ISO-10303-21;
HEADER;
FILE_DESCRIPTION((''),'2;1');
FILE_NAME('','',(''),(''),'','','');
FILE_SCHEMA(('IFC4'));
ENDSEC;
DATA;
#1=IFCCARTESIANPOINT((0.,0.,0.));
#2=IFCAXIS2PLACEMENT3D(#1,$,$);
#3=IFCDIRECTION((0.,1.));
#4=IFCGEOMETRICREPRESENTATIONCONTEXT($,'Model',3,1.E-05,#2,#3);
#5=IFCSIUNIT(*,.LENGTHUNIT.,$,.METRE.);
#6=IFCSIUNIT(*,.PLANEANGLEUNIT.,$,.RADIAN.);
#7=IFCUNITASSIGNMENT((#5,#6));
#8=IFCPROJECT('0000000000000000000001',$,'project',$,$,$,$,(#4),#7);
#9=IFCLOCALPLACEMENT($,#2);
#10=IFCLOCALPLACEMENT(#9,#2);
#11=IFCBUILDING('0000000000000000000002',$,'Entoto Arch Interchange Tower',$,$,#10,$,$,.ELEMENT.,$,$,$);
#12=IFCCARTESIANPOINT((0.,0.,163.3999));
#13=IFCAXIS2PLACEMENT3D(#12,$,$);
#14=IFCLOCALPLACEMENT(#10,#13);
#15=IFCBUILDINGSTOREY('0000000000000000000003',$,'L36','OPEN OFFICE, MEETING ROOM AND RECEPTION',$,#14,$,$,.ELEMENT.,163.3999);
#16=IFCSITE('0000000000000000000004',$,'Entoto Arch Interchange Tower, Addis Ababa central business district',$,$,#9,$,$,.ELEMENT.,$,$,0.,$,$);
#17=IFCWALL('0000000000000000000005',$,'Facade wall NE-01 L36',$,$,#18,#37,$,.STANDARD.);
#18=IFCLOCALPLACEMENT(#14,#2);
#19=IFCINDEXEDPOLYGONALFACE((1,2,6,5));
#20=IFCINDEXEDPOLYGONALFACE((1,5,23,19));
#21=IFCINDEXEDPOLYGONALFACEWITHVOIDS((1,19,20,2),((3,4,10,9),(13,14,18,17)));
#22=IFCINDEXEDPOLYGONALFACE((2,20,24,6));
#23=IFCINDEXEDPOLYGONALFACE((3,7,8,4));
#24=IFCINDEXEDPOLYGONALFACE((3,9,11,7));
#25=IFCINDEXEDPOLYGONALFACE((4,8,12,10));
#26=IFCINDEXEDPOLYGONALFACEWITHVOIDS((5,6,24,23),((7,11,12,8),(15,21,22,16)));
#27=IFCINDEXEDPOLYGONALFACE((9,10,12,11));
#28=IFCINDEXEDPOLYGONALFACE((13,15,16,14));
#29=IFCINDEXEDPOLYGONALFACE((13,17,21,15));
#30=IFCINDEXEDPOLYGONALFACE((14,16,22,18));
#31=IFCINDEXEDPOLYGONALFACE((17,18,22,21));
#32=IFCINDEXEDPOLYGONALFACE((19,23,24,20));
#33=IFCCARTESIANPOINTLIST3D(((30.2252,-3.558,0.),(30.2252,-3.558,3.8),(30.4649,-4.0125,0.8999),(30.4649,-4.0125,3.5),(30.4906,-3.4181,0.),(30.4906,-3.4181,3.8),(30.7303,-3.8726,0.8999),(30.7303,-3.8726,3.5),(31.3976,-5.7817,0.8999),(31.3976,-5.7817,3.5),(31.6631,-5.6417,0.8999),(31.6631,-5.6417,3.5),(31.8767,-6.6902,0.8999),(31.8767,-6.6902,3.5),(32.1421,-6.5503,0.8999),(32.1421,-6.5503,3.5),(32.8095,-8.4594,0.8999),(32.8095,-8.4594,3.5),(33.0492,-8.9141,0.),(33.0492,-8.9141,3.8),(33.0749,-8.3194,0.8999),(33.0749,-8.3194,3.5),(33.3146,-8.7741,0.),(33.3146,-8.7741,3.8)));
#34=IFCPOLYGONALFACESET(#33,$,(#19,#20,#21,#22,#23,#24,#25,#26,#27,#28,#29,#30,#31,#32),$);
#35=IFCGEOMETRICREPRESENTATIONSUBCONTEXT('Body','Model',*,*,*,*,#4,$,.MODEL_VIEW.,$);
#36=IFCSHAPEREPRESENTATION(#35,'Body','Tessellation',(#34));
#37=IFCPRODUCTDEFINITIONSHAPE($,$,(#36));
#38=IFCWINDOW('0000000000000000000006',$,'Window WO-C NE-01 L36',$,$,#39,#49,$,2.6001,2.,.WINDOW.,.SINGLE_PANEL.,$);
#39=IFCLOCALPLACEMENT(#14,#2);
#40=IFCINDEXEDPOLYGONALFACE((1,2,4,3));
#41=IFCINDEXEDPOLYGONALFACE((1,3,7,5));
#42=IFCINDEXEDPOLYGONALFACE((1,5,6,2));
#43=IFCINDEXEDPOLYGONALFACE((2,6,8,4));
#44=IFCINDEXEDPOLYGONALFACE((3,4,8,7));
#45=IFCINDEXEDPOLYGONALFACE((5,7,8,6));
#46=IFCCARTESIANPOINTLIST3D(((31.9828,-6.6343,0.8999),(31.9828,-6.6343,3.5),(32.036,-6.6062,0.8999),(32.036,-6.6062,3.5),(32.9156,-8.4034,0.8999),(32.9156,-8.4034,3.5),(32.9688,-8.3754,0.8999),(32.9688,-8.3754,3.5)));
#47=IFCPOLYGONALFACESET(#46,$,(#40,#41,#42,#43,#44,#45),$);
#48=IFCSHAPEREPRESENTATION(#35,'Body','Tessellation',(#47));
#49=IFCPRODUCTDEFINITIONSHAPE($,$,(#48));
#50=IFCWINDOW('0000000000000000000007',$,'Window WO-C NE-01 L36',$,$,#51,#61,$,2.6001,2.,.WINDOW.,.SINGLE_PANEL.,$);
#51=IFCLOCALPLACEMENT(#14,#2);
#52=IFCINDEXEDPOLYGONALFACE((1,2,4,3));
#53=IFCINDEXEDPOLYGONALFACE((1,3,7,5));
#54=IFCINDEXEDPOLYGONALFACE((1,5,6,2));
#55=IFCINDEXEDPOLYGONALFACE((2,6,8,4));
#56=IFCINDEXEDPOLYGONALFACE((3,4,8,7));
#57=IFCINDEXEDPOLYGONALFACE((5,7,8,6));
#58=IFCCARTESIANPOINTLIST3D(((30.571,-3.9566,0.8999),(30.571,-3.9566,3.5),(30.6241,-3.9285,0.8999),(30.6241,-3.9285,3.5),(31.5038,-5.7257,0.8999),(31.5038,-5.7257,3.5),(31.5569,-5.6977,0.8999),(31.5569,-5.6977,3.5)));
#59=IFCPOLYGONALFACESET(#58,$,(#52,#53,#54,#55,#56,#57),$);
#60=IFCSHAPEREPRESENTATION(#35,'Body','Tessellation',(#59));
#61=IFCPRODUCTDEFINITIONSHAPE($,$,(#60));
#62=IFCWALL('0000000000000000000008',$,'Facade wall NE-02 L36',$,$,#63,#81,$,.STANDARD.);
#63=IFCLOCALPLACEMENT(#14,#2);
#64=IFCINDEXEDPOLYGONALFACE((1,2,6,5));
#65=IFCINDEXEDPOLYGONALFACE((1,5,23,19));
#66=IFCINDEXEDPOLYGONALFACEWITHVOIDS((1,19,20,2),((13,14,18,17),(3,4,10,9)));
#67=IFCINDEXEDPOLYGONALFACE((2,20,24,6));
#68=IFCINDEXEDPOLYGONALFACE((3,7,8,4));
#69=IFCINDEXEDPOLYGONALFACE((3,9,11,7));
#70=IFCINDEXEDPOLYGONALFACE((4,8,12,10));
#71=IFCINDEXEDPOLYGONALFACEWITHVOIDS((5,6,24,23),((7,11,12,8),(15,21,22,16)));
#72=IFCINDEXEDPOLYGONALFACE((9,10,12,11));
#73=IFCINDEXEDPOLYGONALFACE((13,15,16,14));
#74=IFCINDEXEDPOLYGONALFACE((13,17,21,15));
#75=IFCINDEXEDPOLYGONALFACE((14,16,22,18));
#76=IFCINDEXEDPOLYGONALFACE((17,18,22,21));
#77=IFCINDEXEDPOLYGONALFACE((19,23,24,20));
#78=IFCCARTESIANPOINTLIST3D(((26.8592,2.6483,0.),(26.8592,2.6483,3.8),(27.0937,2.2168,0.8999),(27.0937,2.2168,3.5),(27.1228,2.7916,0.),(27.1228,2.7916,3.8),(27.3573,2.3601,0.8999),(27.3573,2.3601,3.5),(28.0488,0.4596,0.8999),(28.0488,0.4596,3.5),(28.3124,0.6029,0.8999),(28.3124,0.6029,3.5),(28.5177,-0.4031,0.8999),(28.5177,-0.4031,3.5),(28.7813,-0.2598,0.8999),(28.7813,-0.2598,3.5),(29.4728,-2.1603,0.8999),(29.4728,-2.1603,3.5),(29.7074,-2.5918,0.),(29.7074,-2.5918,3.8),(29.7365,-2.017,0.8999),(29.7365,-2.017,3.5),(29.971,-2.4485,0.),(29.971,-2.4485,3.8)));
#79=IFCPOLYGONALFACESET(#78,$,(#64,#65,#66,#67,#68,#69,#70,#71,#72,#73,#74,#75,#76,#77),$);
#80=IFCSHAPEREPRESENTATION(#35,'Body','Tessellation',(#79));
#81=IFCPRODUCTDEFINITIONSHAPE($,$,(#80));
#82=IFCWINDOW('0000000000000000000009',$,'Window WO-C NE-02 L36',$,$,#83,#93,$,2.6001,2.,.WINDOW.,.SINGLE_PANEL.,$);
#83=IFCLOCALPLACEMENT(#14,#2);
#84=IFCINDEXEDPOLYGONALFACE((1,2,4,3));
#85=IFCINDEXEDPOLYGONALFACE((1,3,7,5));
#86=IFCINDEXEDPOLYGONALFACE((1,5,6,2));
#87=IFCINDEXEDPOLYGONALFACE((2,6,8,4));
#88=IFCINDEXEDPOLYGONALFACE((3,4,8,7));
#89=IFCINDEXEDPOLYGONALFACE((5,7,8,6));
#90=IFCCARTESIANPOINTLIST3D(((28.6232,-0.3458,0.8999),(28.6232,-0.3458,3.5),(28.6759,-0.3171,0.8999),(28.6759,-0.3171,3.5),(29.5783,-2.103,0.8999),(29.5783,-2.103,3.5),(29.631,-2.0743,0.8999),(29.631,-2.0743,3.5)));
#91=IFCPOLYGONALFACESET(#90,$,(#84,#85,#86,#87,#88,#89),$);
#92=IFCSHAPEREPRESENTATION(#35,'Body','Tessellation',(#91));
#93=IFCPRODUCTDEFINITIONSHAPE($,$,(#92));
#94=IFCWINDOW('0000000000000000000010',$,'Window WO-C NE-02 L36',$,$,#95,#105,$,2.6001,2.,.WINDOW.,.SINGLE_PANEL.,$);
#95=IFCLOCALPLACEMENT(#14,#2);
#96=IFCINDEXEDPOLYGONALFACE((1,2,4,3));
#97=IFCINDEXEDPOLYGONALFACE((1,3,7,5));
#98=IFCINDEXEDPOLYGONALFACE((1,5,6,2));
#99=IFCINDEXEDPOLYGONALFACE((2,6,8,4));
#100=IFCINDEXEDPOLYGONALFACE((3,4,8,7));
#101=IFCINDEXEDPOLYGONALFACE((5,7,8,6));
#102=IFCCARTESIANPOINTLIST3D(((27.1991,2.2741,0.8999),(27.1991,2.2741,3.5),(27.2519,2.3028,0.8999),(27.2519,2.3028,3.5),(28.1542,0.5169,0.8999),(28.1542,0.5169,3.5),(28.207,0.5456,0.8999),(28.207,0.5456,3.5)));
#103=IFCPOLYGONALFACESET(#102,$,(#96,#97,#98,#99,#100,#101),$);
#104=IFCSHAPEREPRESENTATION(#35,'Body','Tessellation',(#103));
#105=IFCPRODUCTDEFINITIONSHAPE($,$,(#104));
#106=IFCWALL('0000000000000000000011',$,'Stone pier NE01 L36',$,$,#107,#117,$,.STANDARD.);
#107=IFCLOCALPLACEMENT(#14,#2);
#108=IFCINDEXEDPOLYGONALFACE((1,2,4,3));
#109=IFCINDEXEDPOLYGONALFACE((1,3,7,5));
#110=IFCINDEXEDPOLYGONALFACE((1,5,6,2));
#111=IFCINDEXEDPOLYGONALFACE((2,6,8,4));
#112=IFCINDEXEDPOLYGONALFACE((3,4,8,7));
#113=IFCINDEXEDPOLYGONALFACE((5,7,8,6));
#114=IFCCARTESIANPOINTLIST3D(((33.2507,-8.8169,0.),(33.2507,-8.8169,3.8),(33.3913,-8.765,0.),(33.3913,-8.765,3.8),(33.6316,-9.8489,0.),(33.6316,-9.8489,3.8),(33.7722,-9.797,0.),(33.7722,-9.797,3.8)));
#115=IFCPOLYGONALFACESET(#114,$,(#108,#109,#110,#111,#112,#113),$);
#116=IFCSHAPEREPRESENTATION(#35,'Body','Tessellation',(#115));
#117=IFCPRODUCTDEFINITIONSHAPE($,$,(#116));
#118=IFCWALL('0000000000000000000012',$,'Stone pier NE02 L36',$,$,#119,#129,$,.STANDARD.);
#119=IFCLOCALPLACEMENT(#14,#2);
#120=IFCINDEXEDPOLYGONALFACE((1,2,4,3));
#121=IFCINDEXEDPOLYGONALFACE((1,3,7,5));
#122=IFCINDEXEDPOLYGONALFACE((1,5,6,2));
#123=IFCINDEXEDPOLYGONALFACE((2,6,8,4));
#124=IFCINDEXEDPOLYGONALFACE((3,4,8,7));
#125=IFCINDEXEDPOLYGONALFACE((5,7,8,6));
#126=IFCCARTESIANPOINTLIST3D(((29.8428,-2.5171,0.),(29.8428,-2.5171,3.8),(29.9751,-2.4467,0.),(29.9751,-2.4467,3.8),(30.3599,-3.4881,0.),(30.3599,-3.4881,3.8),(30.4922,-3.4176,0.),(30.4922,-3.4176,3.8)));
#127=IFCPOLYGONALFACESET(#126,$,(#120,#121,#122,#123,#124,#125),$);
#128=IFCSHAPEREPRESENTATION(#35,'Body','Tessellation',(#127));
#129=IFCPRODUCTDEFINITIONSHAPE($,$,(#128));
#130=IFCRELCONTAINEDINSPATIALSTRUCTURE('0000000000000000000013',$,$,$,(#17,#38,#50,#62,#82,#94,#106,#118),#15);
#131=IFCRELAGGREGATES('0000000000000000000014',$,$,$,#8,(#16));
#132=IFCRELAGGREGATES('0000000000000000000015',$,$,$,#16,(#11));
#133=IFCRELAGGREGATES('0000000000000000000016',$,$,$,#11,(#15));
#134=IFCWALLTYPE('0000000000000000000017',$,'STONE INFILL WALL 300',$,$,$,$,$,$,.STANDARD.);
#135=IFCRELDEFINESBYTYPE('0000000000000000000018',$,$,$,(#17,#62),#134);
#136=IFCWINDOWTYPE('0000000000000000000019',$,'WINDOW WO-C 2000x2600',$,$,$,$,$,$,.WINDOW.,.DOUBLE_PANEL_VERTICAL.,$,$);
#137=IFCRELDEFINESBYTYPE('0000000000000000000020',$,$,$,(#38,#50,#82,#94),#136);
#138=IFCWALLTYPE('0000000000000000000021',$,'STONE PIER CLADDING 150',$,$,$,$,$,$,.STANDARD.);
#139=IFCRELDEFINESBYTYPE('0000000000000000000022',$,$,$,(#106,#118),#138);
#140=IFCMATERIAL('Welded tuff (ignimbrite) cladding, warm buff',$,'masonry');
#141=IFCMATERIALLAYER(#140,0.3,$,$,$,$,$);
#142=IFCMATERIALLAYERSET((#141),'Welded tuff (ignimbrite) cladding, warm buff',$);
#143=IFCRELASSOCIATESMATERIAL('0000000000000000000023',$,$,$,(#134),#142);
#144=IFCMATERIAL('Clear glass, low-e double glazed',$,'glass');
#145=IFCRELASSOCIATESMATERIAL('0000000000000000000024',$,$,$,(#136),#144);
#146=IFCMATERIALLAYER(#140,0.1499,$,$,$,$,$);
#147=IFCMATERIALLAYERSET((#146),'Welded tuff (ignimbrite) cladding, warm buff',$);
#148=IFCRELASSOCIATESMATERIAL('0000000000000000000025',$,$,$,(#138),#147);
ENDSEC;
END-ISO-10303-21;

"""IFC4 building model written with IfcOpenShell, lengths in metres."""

from ifc_helpers import new_model, si_unit, direction, frame, frame_2d, origin, place, context, subcontext, project, spatial, rectangle, extrude, material, layer, layer_set, type_object, element, fill, save


model = new_model("IFC4")

# Units and contexts
model_context = context("Model", 3, precision=1e-05, world=origin(), true_north=direction((0.0, 1.0)))
body_context = subcontext(model_context, "Body", "Model", "MODEL_VIEW")
ifc_project = project(units=[si_unit("LENGTHUNIT", "METRE"), si_unit("PLANEANGLEUNIT", "RADIAN")], contexts=[model_context])

# Site, building, storey
site_placement = place(None, origin())
site = spatial("IfcSite", under=ifc_project, at=site_placement, Name="Entoto Arch Interchange Tower, Addis Ababa central business district", CompositionType="ELEMENT", RefElevation=0.0)
building_placement = place(site_placement, origin())
building = spatial("IfcBuilding", under=site, at=building_placement, Name="Entoto Arch Interchange Tower", CompositionType="ELEMENT")
storey_placement = place(building_placement, frame((0.0, 0.0, 163.3999)))
storey = spatial("IfcBuildingStorey", under=building, at=storey_placement, Name="L36", Description="OPEN OFFICE, MEETING ROOM AND RECEPTION", CompositionType="ELEMENT", Elevation=163.3999)

# Shared definitions
ifc_material_1 = material(Name="Welded tuff (ignimbrite) cladding, warm buff", Category="masonry")
ifc_layer_1 = layer(ifc_material_1, 0.3)
ifc_layer_set_1 = layer_set([ifc_layer_1], Name="Welded tuff (ignimbrite) cladding, warm buff")
wall_type_1 = type_object("IfcWallType", Name="STONE INFILL WALL 300", PredefinedType="STANDARD", material=ifc_layer_set_1)
ifc_material_2 = material(Name="Clear glass, low-e double glazed", Category="glass")

# Walls, openings, windows
wall_1_placement = place(storey_placement, frame((33.1819, -8.844, 0.0), z_axis=(0.0, 0.0, 1.0), x_axis=(-0.466399, 0.884574, 0.0)))
wall_1 = element("IfcWall", 1, at=wall_1_placement, inside=storey, type_object=wall_type_1, Name="Facade wall NE-01 L36", PredefinedType="STANDARD", context=body_context, shape_type="SweptSolid", body=[
    extrude(rectangle(XDim=6.0549, YDim=0.3, at=frame_2d((3.0273, 0.0))), origin(), (0.0, 0.0, 1.0), 3.8),
])
opening_1_placement = place(wall_1_placement, frame((0.5139, 0.0, 0.8999)))
opening_1 = element("IfcOpeningElement", 2, at=opening_1_placement, cuts=wall_1, PredefinedType="OPENING", context=body_context, shape_type="SweptSolid", body=[
    extrude(rectangle(XDim=2.0, YDim=2.6001, at=frame_2d((1.0, 1.3))), frame((0.0, 0.1602, 0.0), z_axis=(0.0, -1.0, 0.0), x_axis=(1.0, 0.0, 0.0)), (0.0, 0.0, 1.0), 0.3201),
])
opening_2_placement = place(wall_1_placement, frame((3.541, 0.0, 0.8999)))
opening_2 = element("IfcOpeningElement", 3, at=opening_2_placement, cuts=wall_1, PredefinedType="OPENING", context=body_context, shape_type="SweptSolid", body=[
    extrude(rectangle(XDim=2.0, YDim=2.6001, at=frame_2d((1.0, 1.3))), frame((0.0, 0.1602, 0.0), z_axis=(0.0, -1.0, 0.0), x_axis=(1.0, 0.0, 0.0)), (0.0, 0.0, 1.0), 0.3201),
])
window_type_1 = type_object("IfcWindowType", Name="WINDOW WO-C 2000x2600", PartitioningType="DOUBLE_PANEL_VERTICAL", PredefinedType="WINDOW", material=ifc_material_2)
window_1_placement = place(opening_1_placement, origin())
window_1 = element("IfcWindow", 4, at=window_1_placement, inside=storey, type_object=window_type_1, Name="Window WO-C NE-01 L36", OverallHeight=2.6001, OverallWidth=2.0, PartitioningType="SINGLE_PANEL", PredefinedType="WINDOW", context=body_context, shape_type="SweptSolid", body=[
    extrude(rectangle(XDim=2.0, YDim=2.6001, at=frame_2d((1.0, 1.3))), frame((0.0, 0.03, 0.0), z_axis=(0.0, -1.0, 0.0), x_axis=(1.0, 0.0, 0.0)), (0.0, 0.0, 1.0), 0.0601),
])
fill(opening_1, window_1)
window_2_placement = place(opening_2_placement, origin())
window_2 = element("IfcWindow", 5, at=window_2_placement, inside=storey, type_object=window_type_1, Name="Window WO-C NE-01 L36", OverallHeight=2.6001, OverallWidth=2.0, PartitioningType="SINGLE_PANEL", PredefinedType="WINDOW", context=body_context, shape_type="SweptSolid", body=[
    extrude(rectangle(XDim=2.0, YDim=2.6001, at=frame_2d((1.0, 1.3))), frame((0.0, 0.03, 0.0), z_axis=(0.0, -1.0, 0.0), x_axis=(1.0, 0.0, 0.0)), (0.0, 0.0, 1.0), 0.0601),
])
fill(opening_2, window_2)
wall_2_placement = place(storey_placement, frame((29.8391, -2.52, 0.0), z_axis=(0.0, 0.0, 1.0), x_axis=(-0.477555, 0.878602, 0.0)))
wall_2 = element("IfcWall", 6, at=wall_2_placement, inside=storey, type_object=wall_type_1, Name="Facade wall NE-02 L36", PredefinedType="STANDARD", context=body_context, shape_type="SweptSolid", body=[
    extrude(rectangle(XDim=5.9641, YDim=0.3, at=frame_2d((2.9819, 0.0))), origin(), (0.0, 0.0, 1.0), 3.8),
])
opening_3_placement = place(wall_2_placement, frame((0.491, 0.0, 0.8999)))
opening_3 = element("IfcOpeningElement", 7, at=opening_3_placement, cuts=wall_2, PredefinedType="OPENING", context=body_context, shape_type="SweptSolid", body=[
    extrude(rectangle(XDim=2.0, YDim=2.6001, at=frame_2d((1.0, 1.3))), frame((0.0, 0.1602, 0.0), z_axis=(0.0, -1.0, 0.0), x_axis=(1.0, 0.0, 0.0)), (0.0, 0.0, 1.0), 0.3201),
])
opening_4_placement = place(wall_2_placement, frame((3.4729, 0.0, 0.8999)))
opening_4 = element("IfcOpeningElement", 8, at=opening_4_placement, cuts=wall_2, PredefinedType="OPENING", context=body_context, shape_type="SweptSolid", body=[
    extrude(rectangle(XDim=2.0, YDim=2.6001, at=frame_2d((1.0, 1.3))), frame((0.0, 0.1602, 0.0), z_axis=(0.0, -1.0, 0.0), x_axis=(1.0, 0.0, 0.0)), (0.0, 0.0, 1.0), 0.3201),
])
window_3_placement = place(opening_3_placement, origin())
window_3 = element("IfcWindow", 9, at=window_3_placement, inside=storey, type_object=window_type_1, Name="Window WO-C NE-02 L36", OverallHeight=2.6001, OverallWidth=2.0, PartitioningType="SINGLE_PANEL", PredefinedType="WINDOW", context=body_context, shape_type="SweptSolid", body=[
    extrude(rectangle(XDim=2.0, YDim=2.6001, at=frame_2d((1.0, 1.3))), frame((0.0, 0.03, 0.0), z_axis=(0.0, -1.0, 0.0), x_axis=(1.0, 0.0, 0.0)), (0.0, 0.0, 1.0), 0.0601),
])
fill(opening_3, window_3)
window_4_placement = place(opening_4_placement, origin())
window_4 = element("IfcWindow", 10, at=window_4_placement, inside=storey, type_object=window_type_1, Name="Window WO-C NE-02 L36", OverallHeight=2.6001, OverallWidth=2.0, PartitioningType="SINGLE_PANEL", PredefinedType="WINDOW", context=body_context, shape_type="SweptSolid", body=[
    extrude(rectangle(XDim=2.0, YDim=2.6001, at=frame_2d((1.0, 1.3))), frame((0.0, 0.03, 0.0), z_axis=(0.0, -1.0, 0.0), x_axis=(1.0, 0.0, 0.0)), (0.0, 0.0, 1.0), 0.0601),
])
fill(opening_4, window_4)

# Walls
ifc_layer_2 = layer(ifc_material_1, 0.1499)
ifc_layer_set_2 = layer_set([ifc_layer_2], Name="Welded tuff (ignimbrite) cladding, warm buff")
wall_type_2 = type_object("IfcWallType", Name="STONE PIER CLADDING 150", PredefinedType="STANDARD", material=ifc_layer_set_2)
for number, where, z_axis, x_axis, name in (
    (11, (33.7019, -9.823, 0.0), (0.0, 0.0, 1.0), (-0.34623, 0.93815, 0.0), "Stone pier NE01 L36"),
    (12, (30.426, -3.4529, 0.0), (0.0, 0.0, 1.0), (-0.470058, 0.882635, 0.0), "Stone pier NE02 L36"),
):
    element("IfcWall", number, at=place(storey_placement, frame(where, z_axis=z_axis, x_axis=x_axis)), inside=storey, type_object=wall_type_2, Name=name, PredefinedType="STANDARD", context=body_context, shape_type="SweptSolid", body=[
        extrude(rectangle(XDim=1.1001, YDim=0.1499, at=frame_2d((0.55, 0.0))), origin(), (0.0, 0.0, 1.0), 3.8),
    ])

save(model, "model.ifc")
